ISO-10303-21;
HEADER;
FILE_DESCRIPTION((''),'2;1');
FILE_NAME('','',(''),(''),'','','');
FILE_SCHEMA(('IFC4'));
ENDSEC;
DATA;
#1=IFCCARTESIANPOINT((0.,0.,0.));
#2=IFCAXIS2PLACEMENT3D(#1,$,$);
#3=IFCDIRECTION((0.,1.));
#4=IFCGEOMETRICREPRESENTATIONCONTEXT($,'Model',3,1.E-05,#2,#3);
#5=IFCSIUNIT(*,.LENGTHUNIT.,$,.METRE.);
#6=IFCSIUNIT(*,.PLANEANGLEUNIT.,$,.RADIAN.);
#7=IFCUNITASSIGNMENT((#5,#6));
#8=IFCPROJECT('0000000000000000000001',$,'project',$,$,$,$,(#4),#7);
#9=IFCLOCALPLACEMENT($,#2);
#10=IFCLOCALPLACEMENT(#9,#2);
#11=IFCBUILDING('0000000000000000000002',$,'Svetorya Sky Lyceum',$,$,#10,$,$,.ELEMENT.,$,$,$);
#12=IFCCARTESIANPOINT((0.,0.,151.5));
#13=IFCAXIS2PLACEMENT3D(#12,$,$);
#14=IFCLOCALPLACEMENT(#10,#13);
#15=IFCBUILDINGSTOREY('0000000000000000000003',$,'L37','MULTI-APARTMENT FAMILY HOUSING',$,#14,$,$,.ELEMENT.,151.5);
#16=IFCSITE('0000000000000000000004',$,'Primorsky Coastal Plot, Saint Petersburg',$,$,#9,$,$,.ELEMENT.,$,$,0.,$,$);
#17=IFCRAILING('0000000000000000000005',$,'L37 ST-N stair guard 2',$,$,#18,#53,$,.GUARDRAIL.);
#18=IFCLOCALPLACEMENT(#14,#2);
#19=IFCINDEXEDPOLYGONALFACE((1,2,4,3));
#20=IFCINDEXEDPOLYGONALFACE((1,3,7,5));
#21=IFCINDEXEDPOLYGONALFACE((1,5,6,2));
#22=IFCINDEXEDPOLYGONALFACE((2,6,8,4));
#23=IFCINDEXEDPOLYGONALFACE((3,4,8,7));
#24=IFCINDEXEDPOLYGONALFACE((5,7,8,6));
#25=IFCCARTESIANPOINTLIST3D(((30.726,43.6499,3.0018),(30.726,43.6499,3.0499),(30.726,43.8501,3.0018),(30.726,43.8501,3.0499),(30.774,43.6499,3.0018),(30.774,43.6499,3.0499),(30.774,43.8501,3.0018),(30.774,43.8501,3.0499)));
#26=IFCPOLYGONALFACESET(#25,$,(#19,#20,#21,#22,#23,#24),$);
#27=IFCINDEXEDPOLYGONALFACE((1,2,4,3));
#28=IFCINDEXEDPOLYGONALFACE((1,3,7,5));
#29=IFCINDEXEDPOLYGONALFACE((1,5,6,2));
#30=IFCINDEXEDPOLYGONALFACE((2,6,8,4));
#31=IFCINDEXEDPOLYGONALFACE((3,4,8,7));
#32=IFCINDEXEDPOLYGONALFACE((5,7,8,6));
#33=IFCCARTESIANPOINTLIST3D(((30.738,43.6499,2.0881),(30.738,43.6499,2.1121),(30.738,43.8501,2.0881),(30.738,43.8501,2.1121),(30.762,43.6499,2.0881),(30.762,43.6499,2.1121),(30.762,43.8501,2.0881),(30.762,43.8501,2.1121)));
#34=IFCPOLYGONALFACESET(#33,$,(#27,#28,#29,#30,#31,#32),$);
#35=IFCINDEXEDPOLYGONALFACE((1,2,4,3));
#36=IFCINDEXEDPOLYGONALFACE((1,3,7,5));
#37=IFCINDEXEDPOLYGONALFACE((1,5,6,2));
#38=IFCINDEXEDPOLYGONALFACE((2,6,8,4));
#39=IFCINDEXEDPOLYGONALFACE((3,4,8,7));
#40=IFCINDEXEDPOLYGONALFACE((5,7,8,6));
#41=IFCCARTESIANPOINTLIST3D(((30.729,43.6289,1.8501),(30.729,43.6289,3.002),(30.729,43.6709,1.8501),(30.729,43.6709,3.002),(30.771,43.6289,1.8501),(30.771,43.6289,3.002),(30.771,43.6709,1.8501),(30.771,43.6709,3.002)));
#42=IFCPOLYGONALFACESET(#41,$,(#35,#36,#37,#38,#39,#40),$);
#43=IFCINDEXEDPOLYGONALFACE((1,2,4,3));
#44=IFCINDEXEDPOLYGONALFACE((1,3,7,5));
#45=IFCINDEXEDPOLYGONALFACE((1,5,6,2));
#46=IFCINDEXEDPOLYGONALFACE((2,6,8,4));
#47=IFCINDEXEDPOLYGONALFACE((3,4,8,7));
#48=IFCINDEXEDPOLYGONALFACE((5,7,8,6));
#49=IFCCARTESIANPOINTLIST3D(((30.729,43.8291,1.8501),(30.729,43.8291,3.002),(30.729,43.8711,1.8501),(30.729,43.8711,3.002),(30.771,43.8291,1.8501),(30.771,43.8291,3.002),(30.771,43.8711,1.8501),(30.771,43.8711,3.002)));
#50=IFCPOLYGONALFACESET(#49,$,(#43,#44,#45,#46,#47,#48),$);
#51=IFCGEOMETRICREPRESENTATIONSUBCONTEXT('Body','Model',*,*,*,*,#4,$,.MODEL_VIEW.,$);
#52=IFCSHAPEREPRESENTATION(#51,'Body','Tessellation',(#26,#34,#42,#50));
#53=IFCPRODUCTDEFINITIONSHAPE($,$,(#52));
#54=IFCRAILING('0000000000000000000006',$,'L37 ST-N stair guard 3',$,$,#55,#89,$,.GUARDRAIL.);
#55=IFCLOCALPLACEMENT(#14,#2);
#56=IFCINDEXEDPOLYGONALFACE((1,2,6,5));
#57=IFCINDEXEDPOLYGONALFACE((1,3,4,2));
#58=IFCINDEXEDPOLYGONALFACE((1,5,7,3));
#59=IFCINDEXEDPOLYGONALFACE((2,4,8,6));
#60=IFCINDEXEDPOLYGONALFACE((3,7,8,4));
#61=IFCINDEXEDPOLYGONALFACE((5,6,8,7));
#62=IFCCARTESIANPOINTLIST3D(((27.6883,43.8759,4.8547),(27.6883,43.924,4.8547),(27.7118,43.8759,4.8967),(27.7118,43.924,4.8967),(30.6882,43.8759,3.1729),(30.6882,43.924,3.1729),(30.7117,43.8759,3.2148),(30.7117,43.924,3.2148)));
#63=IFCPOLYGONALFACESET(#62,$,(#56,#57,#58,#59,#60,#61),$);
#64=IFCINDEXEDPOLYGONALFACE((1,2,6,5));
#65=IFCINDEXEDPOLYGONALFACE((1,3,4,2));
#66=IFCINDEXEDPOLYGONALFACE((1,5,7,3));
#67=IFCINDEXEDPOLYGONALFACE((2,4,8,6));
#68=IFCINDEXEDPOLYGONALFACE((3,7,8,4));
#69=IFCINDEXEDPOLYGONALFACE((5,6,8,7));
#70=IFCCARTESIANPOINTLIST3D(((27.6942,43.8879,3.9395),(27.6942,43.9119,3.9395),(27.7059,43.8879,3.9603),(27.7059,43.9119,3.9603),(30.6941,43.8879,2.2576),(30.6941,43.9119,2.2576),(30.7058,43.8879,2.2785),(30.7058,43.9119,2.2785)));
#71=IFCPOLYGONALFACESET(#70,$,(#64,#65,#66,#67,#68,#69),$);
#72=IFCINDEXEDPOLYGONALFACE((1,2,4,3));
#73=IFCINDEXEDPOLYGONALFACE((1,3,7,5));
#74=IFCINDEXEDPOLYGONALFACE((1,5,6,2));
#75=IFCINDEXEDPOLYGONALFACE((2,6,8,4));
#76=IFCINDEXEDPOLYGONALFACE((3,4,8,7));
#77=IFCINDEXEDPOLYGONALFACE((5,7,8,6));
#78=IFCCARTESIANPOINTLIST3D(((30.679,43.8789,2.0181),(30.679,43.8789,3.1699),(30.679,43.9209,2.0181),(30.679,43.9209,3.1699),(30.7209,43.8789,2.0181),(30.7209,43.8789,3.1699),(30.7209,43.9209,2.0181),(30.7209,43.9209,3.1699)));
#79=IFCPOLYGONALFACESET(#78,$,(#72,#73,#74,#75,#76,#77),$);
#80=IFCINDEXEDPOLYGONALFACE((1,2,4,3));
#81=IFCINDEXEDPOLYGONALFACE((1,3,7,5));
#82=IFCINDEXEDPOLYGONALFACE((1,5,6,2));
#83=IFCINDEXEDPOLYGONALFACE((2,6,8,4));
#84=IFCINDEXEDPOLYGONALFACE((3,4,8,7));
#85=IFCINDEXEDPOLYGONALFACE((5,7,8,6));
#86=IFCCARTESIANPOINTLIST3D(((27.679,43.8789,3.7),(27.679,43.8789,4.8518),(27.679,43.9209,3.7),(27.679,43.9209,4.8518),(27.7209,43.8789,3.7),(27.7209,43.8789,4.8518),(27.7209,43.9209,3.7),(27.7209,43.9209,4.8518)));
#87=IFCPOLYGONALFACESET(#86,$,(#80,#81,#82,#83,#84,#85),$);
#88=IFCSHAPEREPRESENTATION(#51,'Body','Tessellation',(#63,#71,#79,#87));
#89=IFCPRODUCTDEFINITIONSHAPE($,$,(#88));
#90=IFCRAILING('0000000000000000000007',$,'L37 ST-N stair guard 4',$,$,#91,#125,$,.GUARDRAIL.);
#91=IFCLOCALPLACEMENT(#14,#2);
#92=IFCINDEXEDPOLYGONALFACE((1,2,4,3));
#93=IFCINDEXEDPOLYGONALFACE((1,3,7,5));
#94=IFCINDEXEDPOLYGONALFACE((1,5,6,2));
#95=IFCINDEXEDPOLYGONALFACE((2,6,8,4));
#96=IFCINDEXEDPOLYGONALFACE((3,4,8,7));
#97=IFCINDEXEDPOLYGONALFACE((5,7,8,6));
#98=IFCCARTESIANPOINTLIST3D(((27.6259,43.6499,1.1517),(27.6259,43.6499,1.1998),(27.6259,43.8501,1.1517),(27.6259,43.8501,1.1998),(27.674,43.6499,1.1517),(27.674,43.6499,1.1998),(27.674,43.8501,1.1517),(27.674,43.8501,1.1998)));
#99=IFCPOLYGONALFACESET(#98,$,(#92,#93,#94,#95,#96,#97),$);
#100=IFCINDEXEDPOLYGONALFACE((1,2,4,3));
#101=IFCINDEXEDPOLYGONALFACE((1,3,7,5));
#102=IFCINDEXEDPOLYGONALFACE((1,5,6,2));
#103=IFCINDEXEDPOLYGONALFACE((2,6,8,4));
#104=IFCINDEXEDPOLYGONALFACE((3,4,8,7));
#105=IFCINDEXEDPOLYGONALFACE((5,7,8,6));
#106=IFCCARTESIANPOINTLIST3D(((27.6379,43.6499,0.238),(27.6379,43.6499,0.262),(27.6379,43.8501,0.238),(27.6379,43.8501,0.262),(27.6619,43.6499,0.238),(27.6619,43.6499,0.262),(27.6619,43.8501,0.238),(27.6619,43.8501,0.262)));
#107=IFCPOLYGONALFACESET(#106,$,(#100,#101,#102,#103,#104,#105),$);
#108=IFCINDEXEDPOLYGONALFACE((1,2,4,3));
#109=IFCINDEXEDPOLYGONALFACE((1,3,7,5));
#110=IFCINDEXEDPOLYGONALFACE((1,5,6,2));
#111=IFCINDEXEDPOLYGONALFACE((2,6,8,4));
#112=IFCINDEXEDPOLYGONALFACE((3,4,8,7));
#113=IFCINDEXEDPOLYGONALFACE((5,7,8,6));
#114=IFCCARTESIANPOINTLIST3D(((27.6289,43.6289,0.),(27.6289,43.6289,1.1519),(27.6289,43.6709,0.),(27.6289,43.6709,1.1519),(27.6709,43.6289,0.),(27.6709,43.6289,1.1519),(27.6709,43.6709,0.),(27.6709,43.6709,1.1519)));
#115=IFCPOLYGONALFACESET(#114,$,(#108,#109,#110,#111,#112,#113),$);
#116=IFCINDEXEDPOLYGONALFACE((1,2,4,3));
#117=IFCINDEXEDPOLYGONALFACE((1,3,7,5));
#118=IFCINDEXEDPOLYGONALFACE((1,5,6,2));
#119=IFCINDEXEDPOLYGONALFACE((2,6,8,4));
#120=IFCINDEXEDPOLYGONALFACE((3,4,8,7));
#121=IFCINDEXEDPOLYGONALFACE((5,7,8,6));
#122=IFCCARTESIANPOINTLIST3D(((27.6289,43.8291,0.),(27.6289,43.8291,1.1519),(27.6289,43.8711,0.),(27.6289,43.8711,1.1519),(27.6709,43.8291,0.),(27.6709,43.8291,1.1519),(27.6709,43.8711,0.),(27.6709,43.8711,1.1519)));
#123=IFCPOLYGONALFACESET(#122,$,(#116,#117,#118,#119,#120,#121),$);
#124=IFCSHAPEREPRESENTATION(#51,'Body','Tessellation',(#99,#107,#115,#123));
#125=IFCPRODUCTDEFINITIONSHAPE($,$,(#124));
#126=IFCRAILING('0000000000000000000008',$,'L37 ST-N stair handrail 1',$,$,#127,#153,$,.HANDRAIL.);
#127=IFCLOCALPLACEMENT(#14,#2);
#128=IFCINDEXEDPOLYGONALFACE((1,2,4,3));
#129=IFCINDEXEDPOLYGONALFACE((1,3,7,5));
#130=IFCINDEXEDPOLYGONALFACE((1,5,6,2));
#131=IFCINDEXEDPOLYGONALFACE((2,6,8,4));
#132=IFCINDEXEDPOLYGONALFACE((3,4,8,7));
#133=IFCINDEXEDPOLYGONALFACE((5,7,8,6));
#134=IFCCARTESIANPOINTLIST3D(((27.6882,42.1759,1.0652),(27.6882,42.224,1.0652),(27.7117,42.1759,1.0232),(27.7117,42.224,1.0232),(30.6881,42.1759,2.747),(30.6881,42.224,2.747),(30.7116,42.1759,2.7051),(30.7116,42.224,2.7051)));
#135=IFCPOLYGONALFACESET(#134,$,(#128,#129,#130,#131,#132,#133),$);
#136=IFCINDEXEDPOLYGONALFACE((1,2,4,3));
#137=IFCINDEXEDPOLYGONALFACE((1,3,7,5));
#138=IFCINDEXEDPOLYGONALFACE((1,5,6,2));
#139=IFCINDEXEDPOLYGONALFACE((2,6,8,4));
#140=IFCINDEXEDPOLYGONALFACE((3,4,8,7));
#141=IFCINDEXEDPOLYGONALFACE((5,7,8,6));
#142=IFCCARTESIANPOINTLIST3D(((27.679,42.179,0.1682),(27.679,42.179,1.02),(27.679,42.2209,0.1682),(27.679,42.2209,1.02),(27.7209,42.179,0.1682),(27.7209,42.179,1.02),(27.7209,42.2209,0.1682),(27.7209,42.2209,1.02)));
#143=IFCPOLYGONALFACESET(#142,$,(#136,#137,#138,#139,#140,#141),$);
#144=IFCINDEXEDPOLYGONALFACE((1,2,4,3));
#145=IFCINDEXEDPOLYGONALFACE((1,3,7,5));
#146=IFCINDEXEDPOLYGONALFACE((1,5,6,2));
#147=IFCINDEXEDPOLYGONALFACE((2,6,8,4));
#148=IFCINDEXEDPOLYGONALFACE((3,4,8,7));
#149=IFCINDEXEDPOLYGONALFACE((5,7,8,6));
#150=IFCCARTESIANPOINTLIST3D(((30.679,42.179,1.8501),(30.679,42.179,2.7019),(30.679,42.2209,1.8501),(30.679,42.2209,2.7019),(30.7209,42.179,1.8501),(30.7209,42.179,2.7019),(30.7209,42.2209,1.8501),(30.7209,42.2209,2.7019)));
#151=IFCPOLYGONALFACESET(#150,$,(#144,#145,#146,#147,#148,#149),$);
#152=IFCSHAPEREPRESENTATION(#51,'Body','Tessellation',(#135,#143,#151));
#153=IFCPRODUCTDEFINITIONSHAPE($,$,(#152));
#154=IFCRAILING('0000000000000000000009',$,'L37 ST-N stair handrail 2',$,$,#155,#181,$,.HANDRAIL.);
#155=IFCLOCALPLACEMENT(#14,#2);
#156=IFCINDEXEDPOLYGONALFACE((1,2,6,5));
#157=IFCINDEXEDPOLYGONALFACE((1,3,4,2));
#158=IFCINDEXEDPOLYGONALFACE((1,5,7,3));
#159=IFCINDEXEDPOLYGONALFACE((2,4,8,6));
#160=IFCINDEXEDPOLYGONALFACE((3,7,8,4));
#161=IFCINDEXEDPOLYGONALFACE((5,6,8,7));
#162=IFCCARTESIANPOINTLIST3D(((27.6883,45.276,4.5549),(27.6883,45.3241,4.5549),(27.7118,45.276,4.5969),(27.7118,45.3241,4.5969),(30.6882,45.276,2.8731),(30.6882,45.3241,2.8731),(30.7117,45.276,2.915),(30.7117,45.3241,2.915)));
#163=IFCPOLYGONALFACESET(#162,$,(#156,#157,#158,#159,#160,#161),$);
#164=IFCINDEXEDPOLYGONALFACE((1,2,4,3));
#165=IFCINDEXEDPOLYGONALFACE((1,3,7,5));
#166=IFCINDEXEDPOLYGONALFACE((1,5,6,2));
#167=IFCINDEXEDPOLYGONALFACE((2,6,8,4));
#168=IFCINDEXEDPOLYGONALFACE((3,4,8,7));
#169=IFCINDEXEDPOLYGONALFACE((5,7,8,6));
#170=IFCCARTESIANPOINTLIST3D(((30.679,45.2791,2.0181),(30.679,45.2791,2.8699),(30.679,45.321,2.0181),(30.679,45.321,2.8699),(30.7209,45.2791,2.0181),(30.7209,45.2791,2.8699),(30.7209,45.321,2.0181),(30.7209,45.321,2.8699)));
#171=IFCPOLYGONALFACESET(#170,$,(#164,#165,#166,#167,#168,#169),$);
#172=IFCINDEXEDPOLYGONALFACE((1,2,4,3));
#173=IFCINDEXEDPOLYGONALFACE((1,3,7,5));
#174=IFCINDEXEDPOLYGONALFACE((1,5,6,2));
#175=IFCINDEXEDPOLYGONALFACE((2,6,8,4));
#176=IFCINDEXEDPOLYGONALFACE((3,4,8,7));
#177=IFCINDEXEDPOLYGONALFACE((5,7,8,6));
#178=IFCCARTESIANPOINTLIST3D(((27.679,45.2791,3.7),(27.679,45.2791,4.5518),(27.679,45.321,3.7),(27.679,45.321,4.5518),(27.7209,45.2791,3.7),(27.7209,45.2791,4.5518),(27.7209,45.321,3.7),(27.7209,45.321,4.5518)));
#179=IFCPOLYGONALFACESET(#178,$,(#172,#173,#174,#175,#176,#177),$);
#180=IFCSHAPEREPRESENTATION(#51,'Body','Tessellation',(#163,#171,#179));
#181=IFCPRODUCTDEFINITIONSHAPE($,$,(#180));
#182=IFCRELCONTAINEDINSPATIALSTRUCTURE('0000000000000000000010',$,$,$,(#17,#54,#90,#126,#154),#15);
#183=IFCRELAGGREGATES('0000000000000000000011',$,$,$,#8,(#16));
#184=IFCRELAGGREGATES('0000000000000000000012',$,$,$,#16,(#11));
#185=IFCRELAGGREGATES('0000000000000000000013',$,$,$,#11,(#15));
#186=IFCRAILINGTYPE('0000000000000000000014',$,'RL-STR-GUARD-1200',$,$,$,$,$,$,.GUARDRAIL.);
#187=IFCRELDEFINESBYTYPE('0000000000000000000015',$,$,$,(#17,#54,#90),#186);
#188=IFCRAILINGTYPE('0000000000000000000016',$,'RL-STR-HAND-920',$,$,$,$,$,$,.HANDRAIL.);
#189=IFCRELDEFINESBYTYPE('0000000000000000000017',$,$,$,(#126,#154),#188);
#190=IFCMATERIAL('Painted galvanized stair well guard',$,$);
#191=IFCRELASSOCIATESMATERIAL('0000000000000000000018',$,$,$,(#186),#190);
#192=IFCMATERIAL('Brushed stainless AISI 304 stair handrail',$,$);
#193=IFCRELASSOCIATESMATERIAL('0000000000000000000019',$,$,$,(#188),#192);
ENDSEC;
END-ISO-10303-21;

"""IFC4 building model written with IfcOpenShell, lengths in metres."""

from ifc_helpers import new_model, si_unit, direction, frame, origin, origin_2d, place, context, subcontext, project, spatial, rectangle, extrude, material, type_object, element, save


model = new_model("IFC4")

# Units and contexts
model_context = context("Model", 3, precision=1e-05, world=origin(), true_north=direction((0.0, 1.0)))
body_context = subcontext(model_context, "Body", "Model", "MODEL_VIEW")
ifc_project = project(units=[si_unit("LENGTHUNIT", "METRE"), si_unit("PLANEANGLEUNIT", "RADIAN")], contexts=[model_context])

# Site, building, storey
site_placement = place(None, origin())
site = spatial("IfcSite", under=ifc_project, at=site_placement, Name="Primorsky Coastal Plot, Saint Petersburg", CompositionType="ELEMENT", RefElevation=0.0)
building_placement = place(site_placement, origin())
building = spatial("IfcBuilding", under=site, at=building_placement, Name="Svetorya Sky Lyceum", CompositionType="ELEMENT")
storey_placement = place(building_placement, frame((0.0, 0.0, 151.5)))
storey = spatial("IfcBuildingStorey", under=building, at=storey_placement, Name="L37", Description="MULTI-APARTMENT FAMILY HOUSING", CompositionType="ELEMENT", Elevation=151.5)

# Railings
ifc_material_1 = material(Name="Painted galvanized stair well guard")
railing_type_1 = type_object("IfcRailingType", Name="RL-STR-GUARD-1200", PredefinedType="GUARDRAIL", material=ifc_material_1)
railing_1_placement = place(storey_placement, frame((30.75, 43.6499, 1.8501)))
element("IfcRailing", 1, at=railing_1_placement, inside=storey, type_object=railing_type_1, Name="L37 ST-N stair guard 2", PredefinedType="GUARDRAIL", context=body_context, shape_type="SweptSolid", body=[
    extrude(rectangle(XDim=0.0481, YDim=0.0481, at=origin_2d()), frame((0.0, 0.0, 1.1758), z_axis=(0.0, 1.0, 0.0), x_axis=(-1.0, 0.0, 0.0)), (0.0, 0.0, 1.0), 0.2002),
    extrude(rectangle(XDim=0.0239, YDim=0.0239, at=origin_2d()), frame((0.0, 0.0, 0.25), z_axis=(0.0, 1.0, 0.0), x_axis=(-1.0, 0.0, 0.0)), (0.0, 0.0, 1.0), 0.2002),
    extrude(rectangle(XDim=0.042, YDim=0.042, at=origin_2d()), origin(), (0.0, 0.0, 1.0), 1.1519),
    extrude(rectangle(XDim=0.042, YDim=0.042, at=origin_2d()), frame((0.0, 0.2002, 0.0)), (0.0, 0.0, 1.0), 1.1519),
])
railing_2_placement = place(storey_placement, frame((30.7, 43.8999, 2.0181)))
element("IfcRailing", 2, at=railing_2_placement, inside=storey, type_object=railing_type_1, Name="L37 ST-N stair guard 3", PredefinedType="GUARDRAIL", context=body_context, shape_type="SweptSolid", body=[
    extrude(rectangle(XDim=0.0481, YDim=0.0481, at=origin_2d()), frame((0.0, 0.0, 1.1758), z_axis=(-0.872272, 0.0, 0.48902), x_axis=(0.0, -1.0, 0.0)), (0.0, 0.0, 1.0), 3.4392),
    extrude(rectangle(XDim=0.0239, YDim=0.0239, at=origin_2d()), frame((0.0, 0.0, 0.25), z_axis=(-0.872272, 0.0, 0.48902), x_axis=(0.0, -1.0, 0.0)), (0.0, 0.0, 1.0), 3.4392),
    extrude(rectangle(XDim=0.042, YDim=0.042, at=origin_2d()), origin(), (0.0, 0.0, 1.0), 1.1519),
    extrude(rectangle(XDim=0.042, YDim=0.042, at=origin_2d()), frame((-3.0, 0.0, 1.6819)), (0.0, 0.0, 1.0), 1.1519),
])
railing_3_placement = place(storey_placement, frame((27.6499, 43.6499, 0.0)))
element("IfcRailing", 3, at=railing_3_placement, inside=storey, type_object=railing_type_1, Name="L37 ST-N stair guard 4", PredefinedType="GUARDRAIL", context=body_context, shape_type="SweptSolid", body=[
    extrude(rectangle(XDim=0.0481, YDim=0.0481, at=origin_2d()), frame((0.0, 0.0, 1.1758), z_axis=(0.0, 1.0, 0.0), x_axis=(-1.0, 0.0, 0.0)), (0.0, 0.0, 1.0), 0.2002),
    extrude(rectangle(XDim=0.0239, YDim=0.0239, at=origin_2d()), frame((0.0, 0.0, 0.25), z_axis=(0.0, 1.0, 0.0), x_axis=(-1.0, 0.0, 0.0)), (0.0, 0.0, 1.0), 0.2002),
    extrude(rectangle(XDim=0.042, YDim=0.042, at=origin_2d()), origin(), (0.0, 0.0, 1.0), 1.1519),
    extrude(rectangle(XDim=0.042, YDim=0.042, at=origin_2d()), frame((0.0, 0.2002, 0.0)), (0.0, 0.0, 1.0), 1.1519),
])
ifc_material_2 = material(Name="Brushed stainless AISI 304 stair handrail")
railing_type_2 = type_object("IfcRailingType", Name="RL-STR-HAND-920", PredefinedType="HANDRAIL", material=ifc_material_2)
railing_4_placement = place(storey_placement, frame((27.7, 42.2, 0.1682)))
element("IfcRailing", 4, at=railing_4_placement, inside=storey, type_object=railing_type_2, Name="L37 ST-N stair handrail 1", PredefinedType="HANDRAIL", context=body_context, shape_type="SweptSolid", body=[
    extrude(rectangle(XDim=0.0481, YDim=0.0481, at=origin_2d()), frame((0.0, 0.0, 0.876), z_axis=(0.872272, 0.0, 0.48902), x_axis=(0.0, 1.0, 0.0)), (0.0, 0.0, 1.0), 3.4392),
    extrude(rectangle(XDim=0.042, YDim=0.042, at=origin_2d()), origin(), (0.0, 0.0, 1.0), 0.8518),
    extrude(rectangle(XDim=0.042, YDim=0.042, at=origin_2d()), frame((3.0, 0.0, 1.6819)), (0.0, 0.0, 1.0), 0.8518),
])
railing_5_placement = place(storey_placement, frame((30.7, 45.3, 2.0181)))
element("IfcRailing", 5, at=railing_5_placement, inside=storey, type_object=railing_type_2, Name="L37 ST-N stair handrail 2", PredefinedType="HANDRAIL", context=body_context, shape_type="SweptSolid", body=[
    extrude(rectangle(XDim=0.0481, YDim=0.0481, at=origin_2d()), frame((0.0, 0.0, 0.876), z_axis=(-0.872272, 0.0, 0.48902), x_axis=(0.0, -1.0, 0.0)), (0.0, 0.0, 1.0), 3.4392),
    extrude(rectangle(XDim=0.042, YDim=0.042, at=origin_2d()), origin(), (0.0, 0.0, 1.0), 0.8518),
    extrude(rectangle(XDim=0.042, YDim=0.042, at=origin_2d()), frame((-3.0, 0.0, 1.6819)), (0.0, 0.0, 1.0), 0.8518),
])

save(model, "model.ifc")
